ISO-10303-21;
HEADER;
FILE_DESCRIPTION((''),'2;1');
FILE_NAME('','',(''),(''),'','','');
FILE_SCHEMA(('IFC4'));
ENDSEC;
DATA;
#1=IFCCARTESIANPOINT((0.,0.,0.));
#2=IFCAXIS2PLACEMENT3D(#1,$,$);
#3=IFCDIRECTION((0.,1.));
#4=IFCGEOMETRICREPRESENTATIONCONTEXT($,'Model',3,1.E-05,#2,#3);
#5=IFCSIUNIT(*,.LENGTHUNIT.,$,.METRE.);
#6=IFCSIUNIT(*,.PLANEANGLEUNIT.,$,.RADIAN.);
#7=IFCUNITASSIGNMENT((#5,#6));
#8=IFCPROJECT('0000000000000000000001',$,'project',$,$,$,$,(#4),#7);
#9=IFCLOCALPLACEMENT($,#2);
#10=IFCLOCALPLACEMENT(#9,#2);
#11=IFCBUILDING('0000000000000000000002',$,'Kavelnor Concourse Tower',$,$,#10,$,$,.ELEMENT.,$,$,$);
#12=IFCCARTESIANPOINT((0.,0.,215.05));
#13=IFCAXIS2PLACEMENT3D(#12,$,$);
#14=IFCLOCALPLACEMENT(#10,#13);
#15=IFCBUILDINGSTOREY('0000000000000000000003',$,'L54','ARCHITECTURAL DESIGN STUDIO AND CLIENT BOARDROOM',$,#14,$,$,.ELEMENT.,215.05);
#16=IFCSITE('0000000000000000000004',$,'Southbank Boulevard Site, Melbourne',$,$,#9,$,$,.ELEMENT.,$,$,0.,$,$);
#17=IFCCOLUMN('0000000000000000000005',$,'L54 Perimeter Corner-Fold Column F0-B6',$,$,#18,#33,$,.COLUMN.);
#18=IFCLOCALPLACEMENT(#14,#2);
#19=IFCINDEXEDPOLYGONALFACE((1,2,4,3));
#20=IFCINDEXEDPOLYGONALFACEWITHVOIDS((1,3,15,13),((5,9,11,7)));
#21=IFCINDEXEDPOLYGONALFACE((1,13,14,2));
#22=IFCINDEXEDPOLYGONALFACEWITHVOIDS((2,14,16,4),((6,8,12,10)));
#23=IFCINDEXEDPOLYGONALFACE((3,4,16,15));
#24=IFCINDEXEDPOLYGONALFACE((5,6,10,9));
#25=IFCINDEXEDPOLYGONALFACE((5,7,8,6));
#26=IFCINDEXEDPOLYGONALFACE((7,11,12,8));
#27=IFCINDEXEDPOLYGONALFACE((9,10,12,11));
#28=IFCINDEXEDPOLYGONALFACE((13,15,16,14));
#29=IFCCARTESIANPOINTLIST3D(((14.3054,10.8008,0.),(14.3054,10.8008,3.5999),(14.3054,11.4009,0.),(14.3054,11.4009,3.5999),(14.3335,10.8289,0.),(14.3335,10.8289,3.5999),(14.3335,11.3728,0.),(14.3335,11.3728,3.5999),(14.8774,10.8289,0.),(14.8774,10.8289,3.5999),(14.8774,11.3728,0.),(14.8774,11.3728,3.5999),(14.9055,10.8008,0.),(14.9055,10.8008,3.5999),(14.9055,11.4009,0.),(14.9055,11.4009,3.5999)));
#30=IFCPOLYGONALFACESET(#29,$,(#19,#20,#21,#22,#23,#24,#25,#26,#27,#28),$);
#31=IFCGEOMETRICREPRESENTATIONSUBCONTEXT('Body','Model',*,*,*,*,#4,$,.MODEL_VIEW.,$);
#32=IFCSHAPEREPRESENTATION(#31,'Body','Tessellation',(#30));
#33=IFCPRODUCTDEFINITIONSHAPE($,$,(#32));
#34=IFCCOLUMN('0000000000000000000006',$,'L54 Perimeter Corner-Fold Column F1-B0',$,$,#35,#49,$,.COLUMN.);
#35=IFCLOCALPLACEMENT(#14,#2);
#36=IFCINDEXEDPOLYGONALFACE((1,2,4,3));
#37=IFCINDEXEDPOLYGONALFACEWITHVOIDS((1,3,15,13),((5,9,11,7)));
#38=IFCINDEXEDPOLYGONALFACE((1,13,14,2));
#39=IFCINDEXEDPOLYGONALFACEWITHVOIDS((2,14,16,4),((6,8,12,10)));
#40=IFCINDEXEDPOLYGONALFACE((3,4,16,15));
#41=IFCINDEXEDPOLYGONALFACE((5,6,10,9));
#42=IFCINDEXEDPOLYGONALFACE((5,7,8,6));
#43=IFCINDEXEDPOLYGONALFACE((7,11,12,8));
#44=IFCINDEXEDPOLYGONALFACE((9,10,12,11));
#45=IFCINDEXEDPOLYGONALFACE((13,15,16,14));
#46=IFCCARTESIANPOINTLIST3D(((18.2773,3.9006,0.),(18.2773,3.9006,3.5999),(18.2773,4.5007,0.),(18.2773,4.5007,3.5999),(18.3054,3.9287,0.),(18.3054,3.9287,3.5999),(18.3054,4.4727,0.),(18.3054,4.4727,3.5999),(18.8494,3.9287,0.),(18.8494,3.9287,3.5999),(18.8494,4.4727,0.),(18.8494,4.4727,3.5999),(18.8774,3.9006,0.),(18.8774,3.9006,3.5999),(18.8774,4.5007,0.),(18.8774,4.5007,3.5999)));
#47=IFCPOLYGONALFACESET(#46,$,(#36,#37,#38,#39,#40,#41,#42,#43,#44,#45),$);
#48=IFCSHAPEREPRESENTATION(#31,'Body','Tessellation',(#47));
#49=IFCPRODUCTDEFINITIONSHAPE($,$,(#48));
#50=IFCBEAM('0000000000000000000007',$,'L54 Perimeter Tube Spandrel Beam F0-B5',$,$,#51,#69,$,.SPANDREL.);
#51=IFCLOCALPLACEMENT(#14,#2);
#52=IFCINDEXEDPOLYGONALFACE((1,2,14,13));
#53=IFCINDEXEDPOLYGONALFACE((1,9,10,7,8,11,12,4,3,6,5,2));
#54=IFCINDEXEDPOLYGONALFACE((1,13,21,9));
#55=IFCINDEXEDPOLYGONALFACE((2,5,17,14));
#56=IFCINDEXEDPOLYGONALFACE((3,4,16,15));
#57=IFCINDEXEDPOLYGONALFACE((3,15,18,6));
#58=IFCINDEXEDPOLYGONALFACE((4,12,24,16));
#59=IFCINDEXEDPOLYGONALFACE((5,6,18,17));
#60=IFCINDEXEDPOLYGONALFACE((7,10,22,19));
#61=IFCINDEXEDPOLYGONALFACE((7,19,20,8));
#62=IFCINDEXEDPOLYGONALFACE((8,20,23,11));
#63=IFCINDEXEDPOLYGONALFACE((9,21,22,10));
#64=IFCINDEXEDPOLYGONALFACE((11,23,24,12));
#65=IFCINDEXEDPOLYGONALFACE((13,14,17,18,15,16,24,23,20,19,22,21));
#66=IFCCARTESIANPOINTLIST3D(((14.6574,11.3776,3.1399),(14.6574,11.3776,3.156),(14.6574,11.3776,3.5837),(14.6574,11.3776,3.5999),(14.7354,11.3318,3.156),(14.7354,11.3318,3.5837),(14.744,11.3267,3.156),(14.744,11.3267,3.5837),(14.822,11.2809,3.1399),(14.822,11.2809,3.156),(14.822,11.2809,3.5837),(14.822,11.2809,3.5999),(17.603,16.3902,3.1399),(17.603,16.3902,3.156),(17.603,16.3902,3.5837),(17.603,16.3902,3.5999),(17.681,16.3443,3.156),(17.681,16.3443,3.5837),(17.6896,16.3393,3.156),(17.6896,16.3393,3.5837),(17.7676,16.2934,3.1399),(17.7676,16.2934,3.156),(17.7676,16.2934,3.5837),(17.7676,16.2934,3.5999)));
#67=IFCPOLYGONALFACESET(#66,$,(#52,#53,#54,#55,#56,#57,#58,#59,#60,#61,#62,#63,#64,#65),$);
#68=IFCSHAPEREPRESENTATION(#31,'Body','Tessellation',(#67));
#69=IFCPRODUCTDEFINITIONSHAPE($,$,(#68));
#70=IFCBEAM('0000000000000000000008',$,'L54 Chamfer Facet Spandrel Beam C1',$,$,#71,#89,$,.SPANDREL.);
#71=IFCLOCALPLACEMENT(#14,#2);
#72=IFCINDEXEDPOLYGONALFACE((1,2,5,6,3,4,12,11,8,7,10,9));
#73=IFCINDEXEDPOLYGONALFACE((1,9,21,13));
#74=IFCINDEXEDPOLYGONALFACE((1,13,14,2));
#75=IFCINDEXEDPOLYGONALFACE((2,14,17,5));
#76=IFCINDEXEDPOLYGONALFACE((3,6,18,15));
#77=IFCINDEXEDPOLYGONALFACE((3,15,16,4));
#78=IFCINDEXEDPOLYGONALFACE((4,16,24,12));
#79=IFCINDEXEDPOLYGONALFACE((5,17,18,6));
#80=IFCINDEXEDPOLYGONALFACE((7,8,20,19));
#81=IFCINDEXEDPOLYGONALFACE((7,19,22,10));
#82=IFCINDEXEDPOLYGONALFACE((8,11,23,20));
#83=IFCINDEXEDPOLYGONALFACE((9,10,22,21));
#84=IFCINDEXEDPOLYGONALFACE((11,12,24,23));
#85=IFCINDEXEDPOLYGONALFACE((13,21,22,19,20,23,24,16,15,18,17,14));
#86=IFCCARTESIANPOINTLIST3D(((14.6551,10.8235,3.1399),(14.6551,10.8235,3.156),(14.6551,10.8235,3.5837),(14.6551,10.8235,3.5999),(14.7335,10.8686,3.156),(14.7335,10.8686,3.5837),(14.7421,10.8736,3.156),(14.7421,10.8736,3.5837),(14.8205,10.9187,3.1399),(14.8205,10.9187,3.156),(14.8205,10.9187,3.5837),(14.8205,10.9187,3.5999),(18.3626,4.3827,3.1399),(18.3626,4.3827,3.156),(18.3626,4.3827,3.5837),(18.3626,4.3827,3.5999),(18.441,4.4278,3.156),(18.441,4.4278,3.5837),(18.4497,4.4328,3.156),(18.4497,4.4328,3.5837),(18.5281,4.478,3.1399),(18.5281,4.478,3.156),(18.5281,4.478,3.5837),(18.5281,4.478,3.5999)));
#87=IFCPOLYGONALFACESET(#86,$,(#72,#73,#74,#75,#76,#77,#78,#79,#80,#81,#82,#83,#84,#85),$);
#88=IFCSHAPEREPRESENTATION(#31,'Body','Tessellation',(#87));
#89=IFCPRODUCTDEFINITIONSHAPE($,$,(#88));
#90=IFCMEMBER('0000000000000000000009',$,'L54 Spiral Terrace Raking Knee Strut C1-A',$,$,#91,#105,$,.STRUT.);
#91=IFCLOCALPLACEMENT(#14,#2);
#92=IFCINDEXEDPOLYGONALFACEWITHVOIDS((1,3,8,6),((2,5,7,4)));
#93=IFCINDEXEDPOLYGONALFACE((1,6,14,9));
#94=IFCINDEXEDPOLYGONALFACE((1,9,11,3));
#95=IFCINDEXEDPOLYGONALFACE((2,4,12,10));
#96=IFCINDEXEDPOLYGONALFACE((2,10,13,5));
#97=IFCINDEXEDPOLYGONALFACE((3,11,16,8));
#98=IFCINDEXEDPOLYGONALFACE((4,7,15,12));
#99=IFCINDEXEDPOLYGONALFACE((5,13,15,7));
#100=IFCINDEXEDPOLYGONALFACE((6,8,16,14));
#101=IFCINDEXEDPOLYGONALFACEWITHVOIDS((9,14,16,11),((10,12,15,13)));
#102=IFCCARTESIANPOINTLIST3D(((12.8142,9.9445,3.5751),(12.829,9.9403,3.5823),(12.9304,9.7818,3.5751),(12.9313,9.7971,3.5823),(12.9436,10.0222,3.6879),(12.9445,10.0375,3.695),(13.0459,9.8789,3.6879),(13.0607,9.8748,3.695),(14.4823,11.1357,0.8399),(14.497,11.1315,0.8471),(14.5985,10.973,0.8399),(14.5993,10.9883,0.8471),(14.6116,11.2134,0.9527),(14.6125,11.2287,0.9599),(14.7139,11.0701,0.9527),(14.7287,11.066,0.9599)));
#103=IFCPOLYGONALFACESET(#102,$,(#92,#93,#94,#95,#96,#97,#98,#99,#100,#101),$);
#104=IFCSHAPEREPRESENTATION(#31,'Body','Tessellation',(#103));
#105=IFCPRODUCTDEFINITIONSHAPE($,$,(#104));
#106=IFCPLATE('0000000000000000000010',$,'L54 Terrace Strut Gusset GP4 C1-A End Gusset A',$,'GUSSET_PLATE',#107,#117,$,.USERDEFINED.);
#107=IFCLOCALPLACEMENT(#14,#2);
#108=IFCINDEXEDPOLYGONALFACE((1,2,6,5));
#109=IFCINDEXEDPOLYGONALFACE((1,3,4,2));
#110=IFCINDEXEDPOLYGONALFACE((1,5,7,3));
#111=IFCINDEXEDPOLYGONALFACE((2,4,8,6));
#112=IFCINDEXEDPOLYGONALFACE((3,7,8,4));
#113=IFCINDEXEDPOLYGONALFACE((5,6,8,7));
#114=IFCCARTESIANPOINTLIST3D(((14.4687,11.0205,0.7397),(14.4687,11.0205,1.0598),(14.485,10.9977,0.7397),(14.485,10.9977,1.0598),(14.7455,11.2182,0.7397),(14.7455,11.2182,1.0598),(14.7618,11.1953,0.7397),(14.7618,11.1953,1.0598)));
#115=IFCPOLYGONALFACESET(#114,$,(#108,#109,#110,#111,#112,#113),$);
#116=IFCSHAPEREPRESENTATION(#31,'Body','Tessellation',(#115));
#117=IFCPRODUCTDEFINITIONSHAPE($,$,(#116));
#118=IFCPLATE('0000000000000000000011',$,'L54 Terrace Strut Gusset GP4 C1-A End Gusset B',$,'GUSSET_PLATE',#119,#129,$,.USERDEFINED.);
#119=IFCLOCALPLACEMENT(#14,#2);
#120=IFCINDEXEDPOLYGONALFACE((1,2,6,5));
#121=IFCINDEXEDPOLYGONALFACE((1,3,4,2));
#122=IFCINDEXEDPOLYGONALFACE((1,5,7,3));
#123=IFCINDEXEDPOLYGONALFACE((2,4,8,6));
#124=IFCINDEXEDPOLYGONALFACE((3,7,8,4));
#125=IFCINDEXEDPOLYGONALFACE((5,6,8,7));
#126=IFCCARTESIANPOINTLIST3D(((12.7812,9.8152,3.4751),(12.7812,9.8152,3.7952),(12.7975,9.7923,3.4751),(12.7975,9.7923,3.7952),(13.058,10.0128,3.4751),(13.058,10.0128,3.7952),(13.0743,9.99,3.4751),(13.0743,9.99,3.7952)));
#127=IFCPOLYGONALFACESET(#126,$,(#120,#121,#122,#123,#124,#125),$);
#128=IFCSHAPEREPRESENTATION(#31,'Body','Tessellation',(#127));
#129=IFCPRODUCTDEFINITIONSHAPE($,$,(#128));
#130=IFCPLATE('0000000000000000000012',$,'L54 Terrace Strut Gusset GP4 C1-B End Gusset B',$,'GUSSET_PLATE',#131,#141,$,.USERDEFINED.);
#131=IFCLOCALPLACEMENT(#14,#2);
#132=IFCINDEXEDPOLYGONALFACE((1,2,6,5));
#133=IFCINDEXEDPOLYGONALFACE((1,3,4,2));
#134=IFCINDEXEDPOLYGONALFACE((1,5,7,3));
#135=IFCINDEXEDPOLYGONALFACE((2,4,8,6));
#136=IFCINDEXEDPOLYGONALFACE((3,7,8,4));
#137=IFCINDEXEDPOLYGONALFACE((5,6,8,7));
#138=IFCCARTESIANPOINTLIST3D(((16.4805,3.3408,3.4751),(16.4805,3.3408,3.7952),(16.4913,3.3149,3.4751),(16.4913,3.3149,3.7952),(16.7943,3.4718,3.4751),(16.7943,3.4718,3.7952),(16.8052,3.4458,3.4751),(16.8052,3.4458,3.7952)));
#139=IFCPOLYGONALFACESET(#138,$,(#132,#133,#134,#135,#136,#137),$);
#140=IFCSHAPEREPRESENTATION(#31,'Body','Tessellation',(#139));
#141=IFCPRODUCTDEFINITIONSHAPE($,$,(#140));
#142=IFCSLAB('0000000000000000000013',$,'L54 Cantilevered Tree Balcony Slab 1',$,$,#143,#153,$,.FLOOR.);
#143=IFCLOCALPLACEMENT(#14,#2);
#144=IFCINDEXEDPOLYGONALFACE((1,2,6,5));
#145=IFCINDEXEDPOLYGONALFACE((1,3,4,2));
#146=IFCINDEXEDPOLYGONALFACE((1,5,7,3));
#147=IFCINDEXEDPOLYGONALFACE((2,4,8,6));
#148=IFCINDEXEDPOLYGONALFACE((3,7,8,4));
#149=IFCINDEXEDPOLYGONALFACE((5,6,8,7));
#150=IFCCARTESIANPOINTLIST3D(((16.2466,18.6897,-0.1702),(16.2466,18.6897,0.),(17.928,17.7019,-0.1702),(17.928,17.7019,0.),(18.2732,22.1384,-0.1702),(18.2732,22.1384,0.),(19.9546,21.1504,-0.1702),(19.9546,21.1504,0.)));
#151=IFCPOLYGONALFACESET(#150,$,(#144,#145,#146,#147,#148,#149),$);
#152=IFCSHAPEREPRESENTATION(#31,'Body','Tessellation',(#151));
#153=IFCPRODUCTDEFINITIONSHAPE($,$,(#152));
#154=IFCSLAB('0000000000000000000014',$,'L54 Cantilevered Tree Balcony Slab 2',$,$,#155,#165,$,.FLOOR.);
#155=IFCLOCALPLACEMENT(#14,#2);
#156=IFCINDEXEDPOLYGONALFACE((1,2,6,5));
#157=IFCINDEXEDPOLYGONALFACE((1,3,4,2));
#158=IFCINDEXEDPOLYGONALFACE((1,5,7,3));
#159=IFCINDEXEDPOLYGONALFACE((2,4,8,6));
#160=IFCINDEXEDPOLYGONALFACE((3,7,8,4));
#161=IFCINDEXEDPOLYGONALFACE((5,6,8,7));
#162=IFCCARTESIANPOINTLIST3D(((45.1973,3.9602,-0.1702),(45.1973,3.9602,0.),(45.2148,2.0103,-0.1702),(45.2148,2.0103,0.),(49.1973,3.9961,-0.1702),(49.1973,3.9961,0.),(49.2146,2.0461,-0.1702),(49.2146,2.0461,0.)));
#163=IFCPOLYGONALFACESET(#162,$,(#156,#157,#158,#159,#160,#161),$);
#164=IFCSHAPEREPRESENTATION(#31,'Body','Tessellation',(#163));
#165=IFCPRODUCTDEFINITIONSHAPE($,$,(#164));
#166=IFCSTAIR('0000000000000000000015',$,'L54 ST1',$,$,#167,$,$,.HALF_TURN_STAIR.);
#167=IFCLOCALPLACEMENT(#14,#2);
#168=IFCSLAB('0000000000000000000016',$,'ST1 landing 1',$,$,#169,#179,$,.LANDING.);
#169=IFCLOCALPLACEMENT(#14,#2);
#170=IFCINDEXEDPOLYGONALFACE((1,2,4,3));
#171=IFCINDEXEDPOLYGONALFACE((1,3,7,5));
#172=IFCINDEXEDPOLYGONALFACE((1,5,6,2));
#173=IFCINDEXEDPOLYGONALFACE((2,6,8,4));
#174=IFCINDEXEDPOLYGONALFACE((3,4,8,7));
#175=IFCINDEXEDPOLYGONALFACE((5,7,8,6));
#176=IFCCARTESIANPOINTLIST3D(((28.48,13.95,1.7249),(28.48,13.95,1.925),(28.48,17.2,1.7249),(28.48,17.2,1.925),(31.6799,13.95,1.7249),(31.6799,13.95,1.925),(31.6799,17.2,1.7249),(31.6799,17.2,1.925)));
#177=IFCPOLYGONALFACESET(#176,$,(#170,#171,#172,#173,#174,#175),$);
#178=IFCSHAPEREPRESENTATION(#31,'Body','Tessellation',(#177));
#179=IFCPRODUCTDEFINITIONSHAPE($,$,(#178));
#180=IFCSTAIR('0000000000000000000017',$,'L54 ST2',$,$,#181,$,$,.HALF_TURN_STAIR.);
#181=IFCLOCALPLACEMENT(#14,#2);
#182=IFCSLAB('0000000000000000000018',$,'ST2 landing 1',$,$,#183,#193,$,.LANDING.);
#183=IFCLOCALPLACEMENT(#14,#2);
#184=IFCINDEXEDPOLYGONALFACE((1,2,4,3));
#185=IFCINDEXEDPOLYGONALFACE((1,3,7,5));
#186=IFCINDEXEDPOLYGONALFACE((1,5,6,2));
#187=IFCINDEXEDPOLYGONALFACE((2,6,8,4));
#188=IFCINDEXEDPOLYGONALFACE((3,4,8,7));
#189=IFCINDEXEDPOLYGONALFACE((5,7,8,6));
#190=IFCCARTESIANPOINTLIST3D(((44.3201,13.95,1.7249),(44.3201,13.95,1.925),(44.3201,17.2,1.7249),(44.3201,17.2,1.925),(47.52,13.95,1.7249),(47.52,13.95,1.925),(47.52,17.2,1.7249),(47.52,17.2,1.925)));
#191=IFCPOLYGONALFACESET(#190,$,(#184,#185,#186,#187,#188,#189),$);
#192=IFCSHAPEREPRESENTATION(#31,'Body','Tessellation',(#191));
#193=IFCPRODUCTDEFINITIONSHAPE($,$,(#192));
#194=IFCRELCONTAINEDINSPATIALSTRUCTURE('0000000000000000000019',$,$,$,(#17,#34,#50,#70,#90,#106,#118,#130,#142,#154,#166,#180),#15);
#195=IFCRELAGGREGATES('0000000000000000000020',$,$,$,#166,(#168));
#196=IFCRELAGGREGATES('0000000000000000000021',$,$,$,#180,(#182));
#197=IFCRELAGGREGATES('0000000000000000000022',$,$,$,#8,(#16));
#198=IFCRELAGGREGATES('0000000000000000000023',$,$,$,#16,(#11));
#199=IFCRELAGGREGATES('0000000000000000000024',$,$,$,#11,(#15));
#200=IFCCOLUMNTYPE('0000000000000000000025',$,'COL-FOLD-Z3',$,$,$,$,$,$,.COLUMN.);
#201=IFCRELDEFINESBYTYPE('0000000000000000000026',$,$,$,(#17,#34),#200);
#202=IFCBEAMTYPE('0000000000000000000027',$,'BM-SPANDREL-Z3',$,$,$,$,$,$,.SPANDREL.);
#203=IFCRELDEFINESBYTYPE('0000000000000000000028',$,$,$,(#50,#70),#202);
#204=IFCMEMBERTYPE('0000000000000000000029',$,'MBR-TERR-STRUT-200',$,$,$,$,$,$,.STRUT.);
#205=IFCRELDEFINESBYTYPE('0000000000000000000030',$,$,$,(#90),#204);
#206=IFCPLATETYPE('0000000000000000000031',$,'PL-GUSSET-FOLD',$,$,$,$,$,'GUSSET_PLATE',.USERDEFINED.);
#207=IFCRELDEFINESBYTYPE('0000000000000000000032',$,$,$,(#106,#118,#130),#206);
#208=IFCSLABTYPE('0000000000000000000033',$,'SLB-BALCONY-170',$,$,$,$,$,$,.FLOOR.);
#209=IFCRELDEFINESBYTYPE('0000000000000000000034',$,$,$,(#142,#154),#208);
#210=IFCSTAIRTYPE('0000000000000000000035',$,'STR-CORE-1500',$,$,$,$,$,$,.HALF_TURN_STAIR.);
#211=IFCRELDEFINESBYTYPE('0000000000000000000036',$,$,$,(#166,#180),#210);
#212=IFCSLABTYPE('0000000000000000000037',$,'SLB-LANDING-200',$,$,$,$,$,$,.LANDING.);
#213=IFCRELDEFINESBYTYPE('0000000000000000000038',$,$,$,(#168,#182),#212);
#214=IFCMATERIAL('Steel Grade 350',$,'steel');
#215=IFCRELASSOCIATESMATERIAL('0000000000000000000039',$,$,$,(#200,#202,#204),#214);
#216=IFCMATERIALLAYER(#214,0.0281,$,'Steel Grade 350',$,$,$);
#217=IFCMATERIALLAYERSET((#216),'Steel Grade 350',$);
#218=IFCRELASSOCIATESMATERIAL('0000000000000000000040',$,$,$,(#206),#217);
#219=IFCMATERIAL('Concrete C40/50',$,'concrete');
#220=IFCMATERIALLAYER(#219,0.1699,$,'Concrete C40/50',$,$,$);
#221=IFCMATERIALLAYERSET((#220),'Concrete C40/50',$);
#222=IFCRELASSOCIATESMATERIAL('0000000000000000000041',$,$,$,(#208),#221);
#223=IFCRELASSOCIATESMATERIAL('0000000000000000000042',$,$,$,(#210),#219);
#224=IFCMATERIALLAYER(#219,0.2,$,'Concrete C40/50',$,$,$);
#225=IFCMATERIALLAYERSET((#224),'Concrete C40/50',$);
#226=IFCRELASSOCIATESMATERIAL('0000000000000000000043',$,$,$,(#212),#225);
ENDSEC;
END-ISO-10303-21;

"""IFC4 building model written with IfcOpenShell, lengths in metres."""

from ifc_helpers import new_model, si_unit, direction, frame, origin, origin_2d, place, context, subcontext, project, spatial, polyline, rectangle, hollow_rectangle, i_section, outline, extrude, material, layer, layer_set, material_profile, profile_set, type_object, element, aggregate, save


model = new_model("IFC4")

# Units and contexts
model_context = context("Model", 3, precision=1e-05, world=origin(), true_north=direction((0.0, 1.0)))
body_context = subcontext(model_context, "Body", "Model", "MODEL_VIEW")
ifc_project = project(units=[si_unit("LENGTHUNIT", "METRE"), si_unit("PLANEANGLEUNIT", "RADIAN")], contexts=[model_context])

# Site, building, storey
site_placement = place(None, origin())
site = spatial("IfcSite", under=ifc_project, at=site_placement, Name="Southbank Boulevard Site, Melbourne", CompositionType="ELEMENT", RefElevation=0.0)
building_placement = place(site_placement, origin())
building = spatial("IfcBuilding", under=site, at=building_placement, Name="Kavelnor Concourse Tower", CompositionType="ELEMENT")
storey_placement = place(building_placement, frame((0.0, 0.0, 215.05)))
storey = spatial("IfcBuildingStorey", under=building, at=storey_placement, Name="L54", Description="ARCHITECTURAL DESIGN STUDIO AND CLIENT BOARDROOM", CompositionType="ELEMENT", Elevation=215.05)

# Columns
ifc_material_1 = material(Name="Steel Grade 350", Category="steel")
ifc_material_profile_1 = material_profile(ifc_material_1, hollow_rectangle(XDim=0.6001, YDim=0.6001, WallThickness=0.0281, at=origin_2d()), Name="SHS 600x600x28")
ifc_profile_set_1 = profile_set([ifc_material_profile_1], Name="Steel Grade 350")
column_type = type_object("IfcColumnType", Name="COL-FOLD-Z3", PredefinedType="COLUMN", material=ifc_profile_set_1)
for number, where, z_axis, x_axis, name in (
    (1, (14.6055, 11.1008, 0.0), (0.0, 0.0, 1.0), (1.0, 0.0, 0.0), "L54 Perimeter Corner-Fold Column F0-B6"),
    (2, (18.5774, 4.2007, 0.0), (0.0, 0.0, 1.0), (1.0, 0.0, 0.0), "L54 Perimeter Corner-Fold Column F1-B0"),
):
    element("IfcColumn", number, at=place(storey_placement, frame(where, z_axis=z_axis, x_axis=x_axis)), inside=storey, type_object=column_type, Name=name, PredefinedType="COLUMN", context=body_context, shape_type="SweptSolid", body=[
        extrude(hollow_rectangle(XDim=0.6001, YDim=0.6001, WallThickness=0.0281, at=origin_2d()), origin(), (0.0, 0.0, 1.0), 3.5999),
    ])

# Beams
ifc_material_profile_2 = material_profile(ifc_material_1, i_section(OverallWidth=0.1909, OverallDepth=0.46, WebThickness=0.01, FlangeThickness=0.0161, at=origin_2d()), Name="460UB82")
ifc_profile_set_2 = profile_set([ifc_material_profile_2], Name="Steel Grade 350")
beam_type = type_object("IfcBeamType", Name="BM-SPANDREL-Z3", PredefinedType="SPANDREL", material=ifc_profile_set_2)
beam_1_placement = place(storey_placement, frame((17.6853, 16.3418, 3.3699), z_axis=(-0.506644, -0.862155, 0.0), x_axis=(0.862155, -0.506644, 0.0)))
element("IfcBeam", 3, at=beam_1_placement, inside=storey, type_object=beam_type, Name="L54 Perimeter Tube Spandrel Beam F0-B5", PredefinedType="SPANDREL", context=body_context, shape_type="SweptSolid", body=[
    extrude(i_section(OverallWidth=0.1909, OverallDepth=0.46, WebThickness=0.01, FlangeThickness=0.0161, at=origin_2d()), origin(), (0.0, 0.0, 1.0), 5.814),
])
beam_2_placement = place(storey_placement, frame((14.7378, 10.8711, 3.3699), z_axis=(0.498889, -0.866666, 0.0), x_axis=(0.866666, 0.498889, 0.0)))
element("IfcBeam", 4, at=beam_2_placement, inside=storey, type_object=beam_type, Name="L54 Chamfer Facet Spandrel Beam C1", PredefinedType="SPANDREL", context=body_context, shape_type="SweptSolid", body=[
    extrude(i_section(OverallWidth=0.1909, OverallDepth=0.46, WebThickness=0.01, FlangeThickness=0.0161, at=origin_2d()), origin(), (0.0, 0.0, 1.0), 7.4316),
])

# Member
ifc_material_profile_3 = material_profile(ifc_material_1, hollow_rectangle(XDim=0.2, YDim=0.2, WallThickness=0.012, at=origin_2d()), Name="SHS 200x200x12")
ifc_profile_set_3 = profile_set([ifc_material_profile_3], Name="Steel Grade 350")
member_type = type_object("IfcMemberType", Name="MBR-TERR-STRUT-200", PredefinedType="STRUT", material=ifc_profile_set_3)
member_placement = place(storey_placement, frame((14.6055, 11.1008, 0.8999), z_axis=(-0.488015, -0.348511, 0.800239), x_axis=(0.581159, -0.81379, 0.0)))
element("IfcMember", 5, at=member_placement, inside=storey, type_object=member_type, Name="L54 Spiral Terrace Raking Knee Strut C1-A", PredefinedType="STRUT", context=body_context, shape_type="SweptSolid", body=[
    extrude(hollow_rectangle(XDim=0.2, YDim=0.2, WallThickness=0.012, at=origin_2d()), origin(), (0.0, 0.0, 1.0), 3.418),
])

# Plates
ifc_layer_1 = layer(ifc_material_1, 0.0281, Name="Steel Grade 350")
ifc_layer_set_1 = layer_set([ifc_layer_1], Name="Steel Grade 350")
plate_type = type_object("IfcPlateType", Name="PL-GUSSET-FOLD", ElementType="GUSSET_PLATE", PredefinedType="USERDEFINED", material=ifc_layer_set_1)
for number, where, z_axis, x_axis, name in (
    (6, (14.6152, 11.1079, 0.7397), (0.0, 0.0, 1.0), (-0.813811, -0.581129, 0.0), "L54 Terrace Strut Gusset GP4 C1-A End Gusset A"),
    (7, (12.9277, 9.9026, 3.4751), (0.0, 0.0, 1.0), (-0.813811, -0.581129, 0.0), "L54 Terrace Strut Gusset GP4 C1-A End Gusset B"),
    (8, (16.6428, 3.3933, 3.4751), (0.0, 0.0, 1.0), (-0.922875, -0.385101, 0.0), "L54 Terrace Strut Gusset GP4 C1-B End Gusset B"),
):
    element("IfcPlate", number, at=place(storey_placement, frame(where, z_axis=z_axis, x_axis=x_axis)), inside=storey, type_object=plate_type, Name=name, ObjectType="GUSSET_PLATE", PredefinedType="USERDEFINED", context=body_context, shape_type="SweptSolid", body=[
        extrude(rectangle(XDim=0.3401, YDim=0.0281, at=origin_2d()), origin(), (0.0, 0.0, 1.0), 0.3201),
    ])

# Slabs
ifc_material_2 = material(Name="Concrete C40/50", Category="concrete")
ifc_layer_2 = layer(ifc_material_2, 0.1699, Name="Concrete C40/50")
ifc_layer_set_2 = layer_set([ifc_layer_2], Name="Concrete C40/50")
slab_type_1 = type_object("IfcSlabType", Name="SLB-BALCONY-170", PredefinedType="FLOOR", material=ifc_layer_set_2)
slab_1_placement = place(storey_placement, frame((0.0, 0.0, -0.1702)))
element("IfcSlab", 9, at=slab_1_placement, inside=storey, type_object=slab_type_1, Name="L54 Cantilevered Tree Balcony Slab 1", PredefinedType="FLOOR", context=body_context, shape_type="SweptSolid", body=[
    extrude(outline(polyline([(16.2466, 18.6897), (18.2732, 22.1384), (19.9546, 21.1504), (17.928, 17.7019), (16.2466, 18.6897)])), origin(), (0.0, 0.0, 1.0), 0.1702),
])
slab_2_placement = place(storey_placement, frame((0.0, 0.0, -0.1702)))
element("IfcSlab", 10, at=slab_2_placement, inside=storey, type_object=slab_type_1, Name="L54 Cantilevered Tree Balcony Slab 2", PredefinedType="FLOOR", context=body_context, shape_type="SweptSolid", body=[
    extrude(outline(polyline([(49.2146, 2.0461), (45.2148, 2.0103), (45.1973, 3.9602), (49.1973, 3.9961), (49.2146, 2.0461)])), origin(), (0.0, 0.0, 1.0), 0.1702),
])

# Stairs, slabs
stair_type = type_object("IfcStairType", Name="STR-CORE-1500", PredefinedType="HALF_TURN_STAIR", material=ifc_material_2)
stair_1_placement = place(storey_placement, origin())
stair_1 = element("IfcStair", 11, at=stair_1_placement, inside=storey, type_object=stair_type, Name="L54 ST1", PredefinedType="HALF_TURN_STAIR")
ifc_layer_3 = layer(ifc_material_2, 0.2, Name="Concrete C40/50")
ifc_layer_set_3 = layer_set([ifc_layer_3], Name="Concrete C40/50")
slab_type_2 = type_object("IfcSlabType", Name="SLB-LANDING-200", PredefinedType="LANDING", material=ifc_layer_set_3)
slab_3_placement = place(storey_placement, frame((0.0, 0.0, 1.7249)))
slab_3 = element("IfcSlab", 12, at=slab_3_placement, type_object=slab_type_2, Name="ST1 landing 1", PredefinedType="LANDING", context=body_context, shape_type="SweptSolid", body=[
    extrude(outline(polyline([(31.6799, 13.95), (31.6799, 17.2), (28.48, 17.2), (28.48, 13.95), (31.6799, 13.95)])), origin(), (0.0, 0.0, 1.0), 0.2002),
])
aggregate(stair_1, [slab_3])
stair_2_placement = place(storey_placement, origin())
stair_2 = element("IfcStair", 13, at=stair_2_placement, inside=storey, type_object=stair_type, Name="L54 ST2", PredefinedType="HALF_TURN_STAIR")
slab_4_placement = place(storey_placement, frame((0.0, 0.0, 1.7249)))
slab_4 = element("IfcSlab", 14, at=slab_4_placement, type_object=slab_type_2, Name="ST2 landing 1", PredefinedType="LANDING", context=body_context, shape_type="SweptSolid", body=[
    extrude(outline(polyline([(47.52, 13.95), (47.52, 17.2), (44.3201, 17.2), (44.3201, 13.95), (47.52, 13.95)])), origin(), (0.0, 0.0, 1.0), 0.2002),
])
aggregate(stair_2, [slab_4])

save(model, "model.ifc")
